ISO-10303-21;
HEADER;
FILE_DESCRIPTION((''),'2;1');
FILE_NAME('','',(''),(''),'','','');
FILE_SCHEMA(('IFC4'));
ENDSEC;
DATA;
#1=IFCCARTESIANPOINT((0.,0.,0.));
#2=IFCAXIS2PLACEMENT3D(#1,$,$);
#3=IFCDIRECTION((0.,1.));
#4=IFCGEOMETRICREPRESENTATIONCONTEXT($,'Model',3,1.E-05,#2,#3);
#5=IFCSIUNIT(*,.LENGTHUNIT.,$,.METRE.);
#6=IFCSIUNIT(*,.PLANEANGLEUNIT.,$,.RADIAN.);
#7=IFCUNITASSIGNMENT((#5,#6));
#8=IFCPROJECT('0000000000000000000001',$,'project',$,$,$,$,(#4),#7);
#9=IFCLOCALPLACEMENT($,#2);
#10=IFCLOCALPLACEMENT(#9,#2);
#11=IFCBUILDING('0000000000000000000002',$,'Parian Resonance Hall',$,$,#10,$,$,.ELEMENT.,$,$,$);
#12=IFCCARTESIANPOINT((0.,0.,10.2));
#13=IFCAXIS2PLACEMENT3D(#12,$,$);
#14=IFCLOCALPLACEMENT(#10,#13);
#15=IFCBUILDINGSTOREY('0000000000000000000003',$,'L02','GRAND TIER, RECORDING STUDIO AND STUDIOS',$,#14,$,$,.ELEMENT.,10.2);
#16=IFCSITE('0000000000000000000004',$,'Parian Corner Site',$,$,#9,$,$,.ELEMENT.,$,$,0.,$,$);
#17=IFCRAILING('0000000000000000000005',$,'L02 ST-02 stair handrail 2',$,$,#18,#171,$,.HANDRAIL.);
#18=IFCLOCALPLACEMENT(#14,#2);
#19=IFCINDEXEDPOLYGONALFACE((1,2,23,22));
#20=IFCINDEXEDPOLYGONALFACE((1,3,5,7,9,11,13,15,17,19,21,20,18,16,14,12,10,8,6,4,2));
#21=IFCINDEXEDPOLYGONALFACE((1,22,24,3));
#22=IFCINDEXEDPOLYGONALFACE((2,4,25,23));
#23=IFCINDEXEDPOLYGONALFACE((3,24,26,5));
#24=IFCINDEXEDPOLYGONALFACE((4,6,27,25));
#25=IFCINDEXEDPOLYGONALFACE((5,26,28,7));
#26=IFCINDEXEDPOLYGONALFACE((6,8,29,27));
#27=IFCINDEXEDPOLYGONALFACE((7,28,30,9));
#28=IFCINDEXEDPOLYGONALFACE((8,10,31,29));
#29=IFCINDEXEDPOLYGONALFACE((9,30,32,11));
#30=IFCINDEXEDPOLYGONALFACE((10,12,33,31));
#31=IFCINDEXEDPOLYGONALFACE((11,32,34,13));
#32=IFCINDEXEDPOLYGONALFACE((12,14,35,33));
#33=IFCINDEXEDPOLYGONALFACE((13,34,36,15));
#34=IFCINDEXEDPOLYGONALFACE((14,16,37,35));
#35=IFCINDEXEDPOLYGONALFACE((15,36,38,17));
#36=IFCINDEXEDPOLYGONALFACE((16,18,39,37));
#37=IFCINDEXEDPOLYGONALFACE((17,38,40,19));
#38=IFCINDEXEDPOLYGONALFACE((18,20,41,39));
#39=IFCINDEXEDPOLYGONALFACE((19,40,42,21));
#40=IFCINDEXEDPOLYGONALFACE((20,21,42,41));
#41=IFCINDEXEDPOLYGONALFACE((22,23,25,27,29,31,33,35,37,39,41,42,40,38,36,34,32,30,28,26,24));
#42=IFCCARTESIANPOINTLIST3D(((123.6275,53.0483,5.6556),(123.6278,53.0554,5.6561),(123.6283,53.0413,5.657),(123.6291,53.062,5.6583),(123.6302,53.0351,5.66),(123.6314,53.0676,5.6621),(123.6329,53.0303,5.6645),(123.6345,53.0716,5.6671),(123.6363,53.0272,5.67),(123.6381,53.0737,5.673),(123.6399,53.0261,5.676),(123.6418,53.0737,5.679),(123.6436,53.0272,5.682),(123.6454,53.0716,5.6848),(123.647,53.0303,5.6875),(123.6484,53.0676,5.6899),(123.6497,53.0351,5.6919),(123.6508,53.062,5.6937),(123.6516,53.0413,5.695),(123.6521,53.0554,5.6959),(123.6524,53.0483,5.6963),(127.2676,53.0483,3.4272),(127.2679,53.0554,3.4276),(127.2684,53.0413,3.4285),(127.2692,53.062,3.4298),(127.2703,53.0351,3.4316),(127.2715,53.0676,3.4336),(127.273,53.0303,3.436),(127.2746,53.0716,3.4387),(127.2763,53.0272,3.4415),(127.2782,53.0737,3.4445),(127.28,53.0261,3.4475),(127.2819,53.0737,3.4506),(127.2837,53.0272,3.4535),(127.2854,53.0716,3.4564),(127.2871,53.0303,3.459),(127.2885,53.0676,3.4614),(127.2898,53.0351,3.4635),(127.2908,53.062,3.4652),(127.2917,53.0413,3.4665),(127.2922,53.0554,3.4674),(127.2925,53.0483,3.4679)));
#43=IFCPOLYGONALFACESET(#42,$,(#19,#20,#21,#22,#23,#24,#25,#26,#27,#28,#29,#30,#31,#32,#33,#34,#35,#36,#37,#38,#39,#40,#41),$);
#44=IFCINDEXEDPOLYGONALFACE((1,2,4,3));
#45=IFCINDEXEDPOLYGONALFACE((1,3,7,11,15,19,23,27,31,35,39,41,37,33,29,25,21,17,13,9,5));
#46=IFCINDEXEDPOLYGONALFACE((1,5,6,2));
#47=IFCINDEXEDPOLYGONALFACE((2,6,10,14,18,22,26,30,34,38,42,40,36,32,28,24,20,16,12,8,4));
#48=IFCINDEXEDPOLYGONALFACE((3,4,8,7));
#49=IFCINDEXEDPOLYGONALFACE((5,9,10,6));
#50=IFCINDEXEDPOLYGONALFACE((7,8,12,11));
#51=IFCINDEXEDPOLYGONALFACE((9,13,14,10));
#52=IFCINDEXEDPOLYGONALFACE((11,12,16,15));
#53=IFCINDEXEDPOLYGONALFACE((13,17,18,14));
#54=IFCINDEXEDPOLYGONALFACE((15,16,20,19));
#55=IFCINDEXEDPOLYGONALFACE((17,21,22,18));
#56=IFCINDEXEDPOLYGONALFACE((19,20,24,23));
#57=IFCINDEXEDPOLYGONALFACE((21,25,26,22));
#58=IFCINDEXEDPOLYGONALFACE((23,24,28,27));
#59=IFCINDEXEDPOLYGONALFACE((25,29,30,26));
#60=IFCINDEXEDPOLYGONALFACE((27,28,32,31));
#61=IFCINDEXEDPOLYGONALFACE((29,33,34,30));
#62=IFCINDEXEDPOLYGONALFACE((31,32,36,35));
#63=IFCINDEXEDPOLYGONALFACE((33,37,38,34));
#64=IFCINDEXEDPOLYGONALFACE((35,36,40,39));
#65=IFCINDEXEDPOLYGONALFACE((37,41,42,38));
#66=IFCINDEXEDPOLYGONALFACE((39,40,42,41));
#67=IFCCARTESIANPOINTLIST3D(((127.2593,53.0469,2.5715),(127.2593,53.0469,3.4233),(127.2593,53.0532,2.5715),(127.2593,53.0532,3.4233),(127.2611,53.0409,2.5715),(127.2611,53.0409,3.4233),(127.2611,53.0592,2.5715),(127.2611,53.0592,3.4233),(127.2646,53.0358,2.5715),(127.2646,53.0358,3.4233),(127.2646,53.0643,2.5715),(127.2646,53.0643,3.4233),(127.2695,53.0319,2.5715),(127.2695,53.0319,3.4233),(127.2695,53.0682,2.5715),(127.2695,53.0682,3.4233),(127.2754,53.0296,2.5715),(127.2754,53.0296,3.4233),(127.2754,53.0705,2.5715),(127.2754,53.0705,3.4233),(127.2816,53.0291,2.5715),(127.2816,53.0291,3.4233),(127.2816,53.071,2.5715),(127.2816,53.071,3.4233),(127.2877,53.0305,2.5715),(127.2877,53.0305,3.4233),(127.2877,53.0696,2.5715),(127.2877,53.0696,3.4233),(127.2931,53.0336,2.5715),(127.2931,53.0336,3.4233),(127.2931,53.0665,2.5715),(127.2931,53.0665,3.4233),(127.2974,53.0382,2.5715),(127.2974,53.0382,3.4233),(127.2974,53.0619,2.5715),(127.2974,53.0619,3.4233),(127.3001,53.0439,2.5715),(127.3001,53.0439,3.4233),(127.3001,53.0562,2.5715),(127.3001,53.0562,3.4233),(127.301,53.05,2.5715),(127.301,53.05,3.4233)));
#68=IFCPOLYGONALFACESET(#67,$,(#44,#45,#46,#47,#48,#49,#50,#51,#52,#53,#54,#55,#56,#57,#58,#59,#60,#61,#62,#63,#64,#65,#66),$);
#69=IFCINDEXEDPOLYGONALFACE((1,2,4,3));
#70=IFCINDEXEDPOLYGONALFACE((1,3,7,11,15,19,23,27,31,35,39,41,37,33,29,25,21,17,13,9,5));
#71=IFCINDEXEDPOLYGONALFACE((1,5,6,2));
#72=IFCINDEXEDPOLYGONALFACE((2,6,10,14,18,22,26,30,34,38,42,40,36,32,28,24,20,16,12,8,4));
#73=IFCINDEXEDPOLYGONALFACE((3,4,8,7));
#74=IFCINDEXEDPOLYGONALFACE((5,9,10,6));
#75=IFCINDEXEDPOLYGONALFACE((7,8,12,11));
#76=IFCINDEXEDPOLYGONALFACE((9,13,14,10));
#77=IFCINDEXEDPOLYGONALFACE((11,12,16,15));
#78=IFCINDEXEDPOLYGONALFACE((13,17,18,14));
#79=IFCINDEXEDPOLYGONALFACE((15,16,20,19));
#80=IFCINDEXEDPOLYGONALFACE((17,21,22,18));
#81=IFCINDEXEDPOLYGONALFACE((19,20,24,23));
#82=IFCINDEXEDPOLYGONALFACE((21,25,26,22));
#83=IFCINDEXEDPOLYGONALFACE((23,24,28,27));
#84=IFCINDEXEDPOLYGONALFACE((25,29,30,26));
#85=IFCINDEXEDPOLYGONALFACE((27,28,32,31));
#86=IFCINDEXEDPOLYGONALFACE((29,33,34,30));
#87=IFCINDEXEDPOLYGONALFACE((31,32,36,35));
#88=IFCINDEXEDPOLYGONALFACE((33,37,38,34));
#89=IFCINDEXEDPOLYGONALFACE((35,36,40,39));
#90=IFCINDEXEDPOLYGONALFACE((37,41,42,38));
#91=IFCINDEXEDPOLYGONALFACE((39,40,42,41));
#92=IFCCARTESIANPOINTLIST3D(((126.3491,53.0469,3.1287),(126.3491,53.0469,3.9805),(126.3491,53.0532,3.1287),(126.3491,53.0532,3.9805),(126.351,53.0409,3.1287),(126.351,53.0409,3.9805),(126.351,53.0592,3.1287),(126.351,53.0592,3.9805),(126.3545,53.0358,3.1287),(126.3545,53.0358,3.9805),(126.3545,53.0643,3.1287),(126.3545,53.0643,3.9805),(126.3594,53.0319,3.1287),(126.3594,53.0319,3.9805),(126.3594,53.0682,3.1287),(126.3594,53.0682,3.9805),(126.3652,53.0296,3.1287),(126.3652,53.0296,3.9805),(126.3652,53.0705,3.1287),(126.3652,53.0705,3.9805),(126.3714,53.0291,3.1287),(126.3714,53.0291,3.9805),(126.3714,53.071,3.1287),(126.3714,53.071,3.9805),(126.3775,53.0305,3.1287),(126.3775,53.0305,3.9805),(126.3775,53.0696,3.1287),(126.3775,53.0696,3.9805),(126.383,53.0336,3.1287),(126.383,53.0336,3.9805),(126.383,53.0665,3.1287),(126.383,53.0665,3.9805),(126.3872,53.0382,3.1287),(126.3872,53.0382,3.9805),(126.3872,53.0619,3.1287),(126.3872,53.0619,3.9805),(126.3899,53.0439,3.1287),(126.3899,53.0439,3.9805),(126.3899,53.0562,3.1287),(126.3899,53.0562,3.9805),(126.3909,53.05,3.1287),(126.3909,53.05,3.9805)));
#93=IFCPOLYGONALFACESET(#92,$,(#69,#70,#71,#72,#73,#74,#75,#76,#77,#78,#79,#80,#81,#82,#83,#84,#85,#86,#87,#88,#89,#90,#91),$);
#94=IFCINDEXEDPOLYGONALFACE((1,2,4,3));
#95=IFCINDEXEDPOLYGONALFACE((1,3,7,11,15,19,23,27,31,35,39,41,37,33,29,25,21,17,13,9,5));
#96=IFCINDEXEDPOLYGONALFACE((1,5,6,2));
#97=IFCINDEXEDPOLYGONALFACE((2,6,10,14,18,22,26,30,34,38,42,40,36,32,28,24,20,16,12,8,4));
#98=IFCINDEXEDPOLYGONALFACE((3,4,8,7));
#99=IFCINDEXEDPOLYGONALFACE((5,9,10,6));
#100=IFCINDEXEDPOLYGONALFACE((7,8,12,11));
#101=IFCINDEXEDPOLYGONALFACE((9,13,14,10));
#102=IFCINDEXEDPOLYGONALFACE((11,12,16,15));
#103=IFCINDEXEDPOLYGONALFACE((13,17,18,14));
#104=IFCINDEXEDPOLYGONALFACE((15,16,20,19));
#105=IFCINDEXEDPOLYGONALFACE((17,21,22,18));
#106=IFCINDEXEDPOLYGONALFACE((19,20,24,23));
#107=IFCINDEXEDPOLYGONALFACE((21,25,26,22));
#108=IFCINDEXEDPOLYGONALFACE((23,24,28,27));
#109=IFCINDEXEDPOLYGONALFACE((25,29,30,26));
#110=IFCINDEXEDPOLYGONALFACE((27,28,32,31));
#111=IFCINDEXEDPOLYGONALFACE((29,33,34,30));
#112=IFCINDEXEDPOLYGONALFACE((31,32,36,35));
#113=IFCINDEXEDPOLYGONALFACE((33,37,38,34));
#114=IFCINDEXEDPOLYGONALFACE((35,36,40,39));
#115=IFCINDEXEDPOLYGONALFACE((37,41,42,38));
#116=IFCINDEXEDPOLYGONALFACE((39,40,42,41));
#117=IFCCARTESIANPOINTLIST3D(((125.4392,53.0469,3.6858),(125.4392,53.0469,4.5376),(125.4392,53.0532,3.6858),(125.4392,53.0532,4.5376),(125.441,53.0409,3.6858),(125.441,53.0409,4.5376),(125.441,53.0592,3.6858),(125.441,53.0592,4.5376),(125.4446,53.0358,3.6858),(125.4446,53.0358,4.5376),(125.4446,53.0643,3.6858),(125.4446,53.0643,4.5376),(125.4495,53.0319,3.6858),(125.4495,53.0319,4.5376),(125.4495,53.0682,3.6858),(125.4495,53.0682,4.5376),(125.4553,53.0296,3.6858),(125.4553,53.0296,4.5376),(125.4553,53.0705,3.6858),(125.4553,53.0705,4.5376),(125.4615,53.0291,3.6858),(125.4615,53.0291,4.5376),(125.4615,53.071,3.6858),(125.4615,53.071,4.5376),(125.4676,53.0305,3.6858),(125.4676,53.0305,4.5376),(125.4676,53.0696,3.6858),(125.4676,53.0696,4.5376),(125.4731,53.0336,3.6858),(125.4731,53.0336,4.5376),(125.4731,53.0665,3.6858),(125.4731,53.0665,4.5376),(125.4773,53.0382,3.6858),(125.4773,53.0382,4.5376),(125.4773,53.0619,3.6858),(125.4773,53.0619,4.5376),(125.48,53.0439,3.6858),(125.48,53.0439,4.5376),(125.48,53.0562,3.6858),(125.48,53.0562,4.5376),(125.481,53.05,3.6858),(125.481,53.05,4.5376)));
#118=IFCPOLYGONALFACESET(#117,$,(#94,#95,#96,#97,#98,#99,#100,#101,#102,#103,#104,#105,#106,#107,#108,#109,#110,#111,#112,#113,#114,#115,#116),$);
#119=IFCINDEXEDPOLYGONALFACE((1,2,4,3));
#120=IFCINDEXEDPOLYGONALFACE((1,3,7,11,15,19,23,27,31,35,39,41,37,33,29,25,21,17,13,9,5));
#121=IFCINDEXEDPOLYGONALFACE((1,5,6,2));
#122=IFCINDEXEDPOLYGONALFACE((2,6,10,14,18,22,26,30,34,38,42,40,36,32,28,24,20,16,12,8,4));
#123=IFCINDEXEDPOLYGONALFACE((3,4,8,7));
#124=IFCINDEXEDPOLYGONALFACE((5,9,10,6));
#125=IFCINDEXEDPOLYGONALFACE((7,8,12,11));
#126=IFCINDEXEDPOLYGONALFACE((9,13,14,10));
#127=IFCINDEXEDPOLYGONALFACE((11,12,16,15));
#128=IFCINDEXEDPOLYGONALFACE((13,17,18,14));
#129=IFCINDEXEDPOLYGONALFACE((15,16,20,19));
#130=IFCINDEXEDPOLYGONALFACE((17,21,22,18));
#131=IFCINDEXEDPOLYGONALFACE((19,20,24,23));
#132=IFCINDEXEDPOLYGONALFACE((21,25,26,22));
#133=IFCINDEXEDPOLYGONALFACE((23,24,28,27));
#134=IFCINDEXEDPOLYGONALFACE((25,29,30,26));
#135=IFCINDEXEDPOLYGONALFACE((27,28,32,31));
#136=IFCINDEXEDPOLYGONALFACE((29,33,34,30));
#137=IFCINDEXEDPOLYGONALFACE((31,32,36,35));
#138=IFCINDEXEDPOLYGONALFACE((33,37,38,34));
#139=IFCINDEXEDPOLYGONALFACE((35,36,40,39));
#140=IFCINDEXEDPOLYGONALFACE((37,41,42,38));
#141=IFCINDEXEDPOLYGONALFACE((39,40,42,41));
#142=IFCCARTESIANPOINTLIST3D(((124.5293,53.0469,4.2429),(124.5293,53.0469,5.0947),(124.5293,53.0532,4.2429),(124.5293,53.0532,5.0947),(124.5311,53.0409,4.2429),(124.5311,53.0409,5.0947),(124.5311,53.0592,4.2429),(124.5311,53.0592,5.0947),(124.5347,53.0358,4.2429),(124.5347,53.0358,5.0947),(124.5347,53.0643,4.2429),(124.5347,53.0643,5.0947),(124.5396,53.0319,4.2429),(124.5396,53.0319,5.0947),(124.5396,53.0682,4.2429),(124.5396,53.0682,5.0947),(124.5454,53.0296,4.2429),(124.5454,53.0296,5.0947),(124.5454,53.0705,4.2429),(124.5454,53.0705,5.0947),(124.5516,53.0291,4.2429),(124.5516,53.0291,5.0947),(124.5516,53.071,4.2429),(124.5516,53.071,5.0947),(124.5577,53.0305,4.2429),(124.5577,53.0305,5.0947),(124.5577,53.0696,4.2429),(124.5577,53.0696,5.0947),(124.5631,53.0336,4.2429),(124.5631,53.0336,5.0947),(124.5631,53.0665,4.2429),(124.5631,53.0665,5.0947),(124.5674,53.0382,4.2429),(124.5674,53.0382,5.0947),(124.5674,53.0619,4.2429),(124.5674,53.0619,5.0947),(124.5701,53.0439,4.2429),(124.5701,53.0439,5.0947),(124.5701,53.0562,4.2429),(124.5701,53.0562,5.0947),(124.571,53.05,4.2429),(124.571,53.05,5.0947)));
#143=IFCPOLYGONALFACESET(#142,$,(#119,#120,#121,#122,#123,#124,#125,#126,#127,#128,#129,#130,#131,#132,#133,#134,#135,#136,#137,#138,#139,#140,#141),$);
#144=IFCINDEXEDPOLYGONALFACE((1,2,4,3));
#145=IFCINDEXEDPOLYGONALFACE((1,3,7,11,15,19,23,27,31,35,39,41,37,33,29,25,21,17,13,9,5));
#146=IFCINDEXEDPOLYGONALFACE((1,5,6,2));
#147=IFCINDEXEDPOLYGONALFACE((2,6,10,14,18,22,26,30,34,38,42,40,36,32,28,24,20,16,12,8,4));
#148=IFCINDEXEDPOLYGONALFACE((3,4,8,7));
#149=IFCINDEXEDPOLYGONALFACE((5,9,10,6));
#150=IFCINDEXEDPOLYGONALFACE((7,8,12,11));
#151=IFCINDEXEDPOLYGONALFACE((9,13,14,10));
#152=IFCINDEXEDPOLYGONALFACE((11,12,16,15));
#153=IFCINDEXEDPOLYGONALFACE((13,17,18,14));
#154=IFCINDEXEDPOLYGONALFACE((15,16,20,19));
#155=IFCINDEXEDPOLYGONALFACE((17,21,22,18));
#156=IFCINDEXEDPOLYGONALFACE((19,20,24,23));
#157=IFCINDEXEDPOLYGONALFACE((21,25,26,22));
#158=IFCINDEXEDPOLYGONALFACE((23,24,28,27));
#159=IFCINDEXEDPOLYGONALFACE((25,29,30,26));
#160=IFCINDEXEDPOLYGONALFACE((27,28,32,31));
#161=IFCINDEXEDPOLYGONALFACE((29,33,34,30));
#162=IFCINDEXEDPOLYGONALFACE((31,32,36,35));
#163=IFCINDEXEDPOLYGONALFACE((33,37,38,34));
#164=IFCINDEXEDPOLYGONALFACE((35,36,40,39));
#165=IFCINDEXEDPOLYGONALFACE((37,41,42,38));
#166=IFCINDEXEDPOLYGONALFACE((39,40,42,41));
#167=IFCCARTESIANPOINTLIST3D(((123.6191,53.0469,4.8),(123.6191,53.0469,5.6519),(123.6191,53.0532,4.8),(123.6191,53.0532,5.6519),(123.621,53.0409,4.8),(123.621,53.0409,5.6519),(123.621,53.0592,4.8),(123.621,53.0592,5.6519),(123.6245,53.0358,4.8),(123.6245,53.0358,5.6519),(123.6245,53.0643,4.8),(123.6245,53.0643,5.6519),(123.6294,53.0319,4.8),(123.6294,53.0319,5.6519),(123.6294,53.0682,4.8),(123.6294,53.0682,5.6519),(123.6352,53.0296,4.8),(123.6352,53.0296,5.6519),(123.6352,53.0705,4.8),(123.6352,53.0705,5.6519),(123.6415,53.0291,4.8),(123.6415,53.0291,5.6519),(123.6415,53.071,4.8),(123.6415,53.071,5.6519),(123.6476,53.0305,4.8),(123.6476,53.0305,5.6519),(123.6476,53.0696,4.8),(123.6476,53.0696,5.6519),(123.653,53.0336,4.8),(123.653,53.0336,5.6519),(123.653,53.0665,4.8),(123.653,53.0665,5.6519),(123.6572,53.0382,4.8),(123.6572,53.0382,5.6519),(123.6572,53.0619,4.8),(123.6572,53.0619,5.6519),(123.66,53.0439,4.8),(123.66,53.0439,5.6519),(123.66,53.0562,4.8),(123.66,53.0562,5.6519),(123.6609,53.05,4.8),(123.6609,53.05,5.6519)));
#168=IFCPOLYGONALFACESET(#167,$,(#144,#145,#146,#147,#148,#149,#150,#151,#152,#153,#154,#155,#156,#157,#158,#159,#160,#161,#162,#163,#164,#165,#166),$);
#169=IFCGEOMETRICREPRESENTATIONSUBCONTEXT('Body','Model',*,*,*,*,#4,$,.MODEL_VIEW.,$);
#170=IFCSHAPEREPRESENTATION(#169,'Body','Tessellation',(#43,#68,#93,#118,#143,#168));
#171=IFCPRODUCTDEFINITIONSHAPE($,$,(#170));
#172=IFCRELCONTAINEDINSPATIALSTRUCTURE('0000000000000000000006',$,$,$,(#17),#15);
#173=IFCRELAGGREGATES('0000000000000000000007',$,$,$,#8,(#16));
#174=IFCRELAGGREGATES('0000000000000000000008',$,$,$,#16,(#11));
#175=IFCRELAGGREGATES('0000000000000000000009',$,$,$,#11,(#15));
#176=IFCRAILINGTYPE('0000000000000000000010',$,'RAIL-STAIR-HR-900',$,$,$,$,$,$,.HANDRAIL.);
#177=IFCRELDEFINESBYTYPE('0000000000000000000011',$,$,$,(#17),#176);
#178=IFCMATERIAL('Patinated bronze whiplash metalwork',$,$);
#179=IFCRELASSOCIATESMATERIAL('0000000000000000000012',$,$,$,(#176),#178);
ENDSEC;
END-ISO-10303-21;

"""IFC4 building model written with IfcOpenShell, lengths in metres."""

from ifc_helpers import new_model, si_unit, direction, frame, origin, origin_2d, place, context, subcontext, project, spatial, circle, extrude, material, type_object, element, save


model = new_model("IFC4")

# Units and contexts
model_context = context("Model", 3, precision=1e-05, world=origin(), true_north=direction((0.0, 1.0)))
body_context = subcontext(model_context, "Body", "Model", "MODEL_VIEW")
ifc_project = project(units=[si_unit("LENGTHUNIT", "METRE"), si_unit("PLANEANGLEUNIT", "RADIAN")], contexts=[model_context])

# Site, building, storey
site_placement = place(None, origin())
site = spatial("IfcSite", under=ifc_project, at=site_placement, Name="Parian Corner Site", CompositionType="ELEMENT", RefElevation=0.0)
building_placement = place(site_placement, origin())
building = spatial("IfcBuilding", under=site, at=building_placement, Name="Parian Resonance Hall", CompositionType="ELEMENT")
storey_placement = place(building_placement, frame((0.0, 0.0, 10.2)))
storey = spatial("IfcBuildingStorey", under=building, at=storey_placement, Name="L02", Description="GRAND TIER, RECORDING STUDIO AND STUDIOS", CompositionType="ELEMENT", Elevation=10.2)

# Railing
ifc_material_1 = material(Name="Patinated bronze whiplash metalwork")
railing_type_1 = type_object("IfcRailingType", Name="RAIL-STAIR-HR-900", PredefinedType="HANDRAIL", material=ifc_material_1)
railing_1_placement = place(storey_placement, frame((127.28, 53.05, 2.5715)))
element("IfcRailing", 1, at=railing_1_placement, inside=storey, type_object=railing_type_1, Name="L02 ST-02 stair handrail 2", PredefinedType="HANDRAIL", context=body_context, shape_type="SweptSolid", body=[
    extrude(circle(Radius=0.0239, at=origin_2d()), frame((0.0, 0.0, 0.876), z_axis=(-0.852866, 0.0, 0.52213), x_axis=(0.0, -1.0, 0.0)), (0.0, 0.0, 1.0), 4.2681),
    extrude(circle(Radius=0.021, at=origin_2d()), origin(), (0.0, 0.0, 1.0), 0.8518),
    extrude(circle(Radius=0.021, at=origin_2d()), frame((-0.9102, 0.0, 0.5571)), (0.0, 0.0, 1.0), 0.8518),
    extrude(circle(Radius=0.021, at=origin_2d()), frame((-1.8201, 0.0, 1.1143)), (0.0, 0.0, 1.0), 0.8518),
    extrude(circle(Radius=0.021, at=origin_2d()), frame((-2.73, 0.0, 1.6714)), (0.0, 0.0, 1.0), 0.8518),
    extrude(circle(Radius=0.021, at=origin_2d()), frame((-3.6401, 0.0, 2.2285)), (0.0, 0.0, 1.0), 0.8518),
])

save(model, "model.ifc")
